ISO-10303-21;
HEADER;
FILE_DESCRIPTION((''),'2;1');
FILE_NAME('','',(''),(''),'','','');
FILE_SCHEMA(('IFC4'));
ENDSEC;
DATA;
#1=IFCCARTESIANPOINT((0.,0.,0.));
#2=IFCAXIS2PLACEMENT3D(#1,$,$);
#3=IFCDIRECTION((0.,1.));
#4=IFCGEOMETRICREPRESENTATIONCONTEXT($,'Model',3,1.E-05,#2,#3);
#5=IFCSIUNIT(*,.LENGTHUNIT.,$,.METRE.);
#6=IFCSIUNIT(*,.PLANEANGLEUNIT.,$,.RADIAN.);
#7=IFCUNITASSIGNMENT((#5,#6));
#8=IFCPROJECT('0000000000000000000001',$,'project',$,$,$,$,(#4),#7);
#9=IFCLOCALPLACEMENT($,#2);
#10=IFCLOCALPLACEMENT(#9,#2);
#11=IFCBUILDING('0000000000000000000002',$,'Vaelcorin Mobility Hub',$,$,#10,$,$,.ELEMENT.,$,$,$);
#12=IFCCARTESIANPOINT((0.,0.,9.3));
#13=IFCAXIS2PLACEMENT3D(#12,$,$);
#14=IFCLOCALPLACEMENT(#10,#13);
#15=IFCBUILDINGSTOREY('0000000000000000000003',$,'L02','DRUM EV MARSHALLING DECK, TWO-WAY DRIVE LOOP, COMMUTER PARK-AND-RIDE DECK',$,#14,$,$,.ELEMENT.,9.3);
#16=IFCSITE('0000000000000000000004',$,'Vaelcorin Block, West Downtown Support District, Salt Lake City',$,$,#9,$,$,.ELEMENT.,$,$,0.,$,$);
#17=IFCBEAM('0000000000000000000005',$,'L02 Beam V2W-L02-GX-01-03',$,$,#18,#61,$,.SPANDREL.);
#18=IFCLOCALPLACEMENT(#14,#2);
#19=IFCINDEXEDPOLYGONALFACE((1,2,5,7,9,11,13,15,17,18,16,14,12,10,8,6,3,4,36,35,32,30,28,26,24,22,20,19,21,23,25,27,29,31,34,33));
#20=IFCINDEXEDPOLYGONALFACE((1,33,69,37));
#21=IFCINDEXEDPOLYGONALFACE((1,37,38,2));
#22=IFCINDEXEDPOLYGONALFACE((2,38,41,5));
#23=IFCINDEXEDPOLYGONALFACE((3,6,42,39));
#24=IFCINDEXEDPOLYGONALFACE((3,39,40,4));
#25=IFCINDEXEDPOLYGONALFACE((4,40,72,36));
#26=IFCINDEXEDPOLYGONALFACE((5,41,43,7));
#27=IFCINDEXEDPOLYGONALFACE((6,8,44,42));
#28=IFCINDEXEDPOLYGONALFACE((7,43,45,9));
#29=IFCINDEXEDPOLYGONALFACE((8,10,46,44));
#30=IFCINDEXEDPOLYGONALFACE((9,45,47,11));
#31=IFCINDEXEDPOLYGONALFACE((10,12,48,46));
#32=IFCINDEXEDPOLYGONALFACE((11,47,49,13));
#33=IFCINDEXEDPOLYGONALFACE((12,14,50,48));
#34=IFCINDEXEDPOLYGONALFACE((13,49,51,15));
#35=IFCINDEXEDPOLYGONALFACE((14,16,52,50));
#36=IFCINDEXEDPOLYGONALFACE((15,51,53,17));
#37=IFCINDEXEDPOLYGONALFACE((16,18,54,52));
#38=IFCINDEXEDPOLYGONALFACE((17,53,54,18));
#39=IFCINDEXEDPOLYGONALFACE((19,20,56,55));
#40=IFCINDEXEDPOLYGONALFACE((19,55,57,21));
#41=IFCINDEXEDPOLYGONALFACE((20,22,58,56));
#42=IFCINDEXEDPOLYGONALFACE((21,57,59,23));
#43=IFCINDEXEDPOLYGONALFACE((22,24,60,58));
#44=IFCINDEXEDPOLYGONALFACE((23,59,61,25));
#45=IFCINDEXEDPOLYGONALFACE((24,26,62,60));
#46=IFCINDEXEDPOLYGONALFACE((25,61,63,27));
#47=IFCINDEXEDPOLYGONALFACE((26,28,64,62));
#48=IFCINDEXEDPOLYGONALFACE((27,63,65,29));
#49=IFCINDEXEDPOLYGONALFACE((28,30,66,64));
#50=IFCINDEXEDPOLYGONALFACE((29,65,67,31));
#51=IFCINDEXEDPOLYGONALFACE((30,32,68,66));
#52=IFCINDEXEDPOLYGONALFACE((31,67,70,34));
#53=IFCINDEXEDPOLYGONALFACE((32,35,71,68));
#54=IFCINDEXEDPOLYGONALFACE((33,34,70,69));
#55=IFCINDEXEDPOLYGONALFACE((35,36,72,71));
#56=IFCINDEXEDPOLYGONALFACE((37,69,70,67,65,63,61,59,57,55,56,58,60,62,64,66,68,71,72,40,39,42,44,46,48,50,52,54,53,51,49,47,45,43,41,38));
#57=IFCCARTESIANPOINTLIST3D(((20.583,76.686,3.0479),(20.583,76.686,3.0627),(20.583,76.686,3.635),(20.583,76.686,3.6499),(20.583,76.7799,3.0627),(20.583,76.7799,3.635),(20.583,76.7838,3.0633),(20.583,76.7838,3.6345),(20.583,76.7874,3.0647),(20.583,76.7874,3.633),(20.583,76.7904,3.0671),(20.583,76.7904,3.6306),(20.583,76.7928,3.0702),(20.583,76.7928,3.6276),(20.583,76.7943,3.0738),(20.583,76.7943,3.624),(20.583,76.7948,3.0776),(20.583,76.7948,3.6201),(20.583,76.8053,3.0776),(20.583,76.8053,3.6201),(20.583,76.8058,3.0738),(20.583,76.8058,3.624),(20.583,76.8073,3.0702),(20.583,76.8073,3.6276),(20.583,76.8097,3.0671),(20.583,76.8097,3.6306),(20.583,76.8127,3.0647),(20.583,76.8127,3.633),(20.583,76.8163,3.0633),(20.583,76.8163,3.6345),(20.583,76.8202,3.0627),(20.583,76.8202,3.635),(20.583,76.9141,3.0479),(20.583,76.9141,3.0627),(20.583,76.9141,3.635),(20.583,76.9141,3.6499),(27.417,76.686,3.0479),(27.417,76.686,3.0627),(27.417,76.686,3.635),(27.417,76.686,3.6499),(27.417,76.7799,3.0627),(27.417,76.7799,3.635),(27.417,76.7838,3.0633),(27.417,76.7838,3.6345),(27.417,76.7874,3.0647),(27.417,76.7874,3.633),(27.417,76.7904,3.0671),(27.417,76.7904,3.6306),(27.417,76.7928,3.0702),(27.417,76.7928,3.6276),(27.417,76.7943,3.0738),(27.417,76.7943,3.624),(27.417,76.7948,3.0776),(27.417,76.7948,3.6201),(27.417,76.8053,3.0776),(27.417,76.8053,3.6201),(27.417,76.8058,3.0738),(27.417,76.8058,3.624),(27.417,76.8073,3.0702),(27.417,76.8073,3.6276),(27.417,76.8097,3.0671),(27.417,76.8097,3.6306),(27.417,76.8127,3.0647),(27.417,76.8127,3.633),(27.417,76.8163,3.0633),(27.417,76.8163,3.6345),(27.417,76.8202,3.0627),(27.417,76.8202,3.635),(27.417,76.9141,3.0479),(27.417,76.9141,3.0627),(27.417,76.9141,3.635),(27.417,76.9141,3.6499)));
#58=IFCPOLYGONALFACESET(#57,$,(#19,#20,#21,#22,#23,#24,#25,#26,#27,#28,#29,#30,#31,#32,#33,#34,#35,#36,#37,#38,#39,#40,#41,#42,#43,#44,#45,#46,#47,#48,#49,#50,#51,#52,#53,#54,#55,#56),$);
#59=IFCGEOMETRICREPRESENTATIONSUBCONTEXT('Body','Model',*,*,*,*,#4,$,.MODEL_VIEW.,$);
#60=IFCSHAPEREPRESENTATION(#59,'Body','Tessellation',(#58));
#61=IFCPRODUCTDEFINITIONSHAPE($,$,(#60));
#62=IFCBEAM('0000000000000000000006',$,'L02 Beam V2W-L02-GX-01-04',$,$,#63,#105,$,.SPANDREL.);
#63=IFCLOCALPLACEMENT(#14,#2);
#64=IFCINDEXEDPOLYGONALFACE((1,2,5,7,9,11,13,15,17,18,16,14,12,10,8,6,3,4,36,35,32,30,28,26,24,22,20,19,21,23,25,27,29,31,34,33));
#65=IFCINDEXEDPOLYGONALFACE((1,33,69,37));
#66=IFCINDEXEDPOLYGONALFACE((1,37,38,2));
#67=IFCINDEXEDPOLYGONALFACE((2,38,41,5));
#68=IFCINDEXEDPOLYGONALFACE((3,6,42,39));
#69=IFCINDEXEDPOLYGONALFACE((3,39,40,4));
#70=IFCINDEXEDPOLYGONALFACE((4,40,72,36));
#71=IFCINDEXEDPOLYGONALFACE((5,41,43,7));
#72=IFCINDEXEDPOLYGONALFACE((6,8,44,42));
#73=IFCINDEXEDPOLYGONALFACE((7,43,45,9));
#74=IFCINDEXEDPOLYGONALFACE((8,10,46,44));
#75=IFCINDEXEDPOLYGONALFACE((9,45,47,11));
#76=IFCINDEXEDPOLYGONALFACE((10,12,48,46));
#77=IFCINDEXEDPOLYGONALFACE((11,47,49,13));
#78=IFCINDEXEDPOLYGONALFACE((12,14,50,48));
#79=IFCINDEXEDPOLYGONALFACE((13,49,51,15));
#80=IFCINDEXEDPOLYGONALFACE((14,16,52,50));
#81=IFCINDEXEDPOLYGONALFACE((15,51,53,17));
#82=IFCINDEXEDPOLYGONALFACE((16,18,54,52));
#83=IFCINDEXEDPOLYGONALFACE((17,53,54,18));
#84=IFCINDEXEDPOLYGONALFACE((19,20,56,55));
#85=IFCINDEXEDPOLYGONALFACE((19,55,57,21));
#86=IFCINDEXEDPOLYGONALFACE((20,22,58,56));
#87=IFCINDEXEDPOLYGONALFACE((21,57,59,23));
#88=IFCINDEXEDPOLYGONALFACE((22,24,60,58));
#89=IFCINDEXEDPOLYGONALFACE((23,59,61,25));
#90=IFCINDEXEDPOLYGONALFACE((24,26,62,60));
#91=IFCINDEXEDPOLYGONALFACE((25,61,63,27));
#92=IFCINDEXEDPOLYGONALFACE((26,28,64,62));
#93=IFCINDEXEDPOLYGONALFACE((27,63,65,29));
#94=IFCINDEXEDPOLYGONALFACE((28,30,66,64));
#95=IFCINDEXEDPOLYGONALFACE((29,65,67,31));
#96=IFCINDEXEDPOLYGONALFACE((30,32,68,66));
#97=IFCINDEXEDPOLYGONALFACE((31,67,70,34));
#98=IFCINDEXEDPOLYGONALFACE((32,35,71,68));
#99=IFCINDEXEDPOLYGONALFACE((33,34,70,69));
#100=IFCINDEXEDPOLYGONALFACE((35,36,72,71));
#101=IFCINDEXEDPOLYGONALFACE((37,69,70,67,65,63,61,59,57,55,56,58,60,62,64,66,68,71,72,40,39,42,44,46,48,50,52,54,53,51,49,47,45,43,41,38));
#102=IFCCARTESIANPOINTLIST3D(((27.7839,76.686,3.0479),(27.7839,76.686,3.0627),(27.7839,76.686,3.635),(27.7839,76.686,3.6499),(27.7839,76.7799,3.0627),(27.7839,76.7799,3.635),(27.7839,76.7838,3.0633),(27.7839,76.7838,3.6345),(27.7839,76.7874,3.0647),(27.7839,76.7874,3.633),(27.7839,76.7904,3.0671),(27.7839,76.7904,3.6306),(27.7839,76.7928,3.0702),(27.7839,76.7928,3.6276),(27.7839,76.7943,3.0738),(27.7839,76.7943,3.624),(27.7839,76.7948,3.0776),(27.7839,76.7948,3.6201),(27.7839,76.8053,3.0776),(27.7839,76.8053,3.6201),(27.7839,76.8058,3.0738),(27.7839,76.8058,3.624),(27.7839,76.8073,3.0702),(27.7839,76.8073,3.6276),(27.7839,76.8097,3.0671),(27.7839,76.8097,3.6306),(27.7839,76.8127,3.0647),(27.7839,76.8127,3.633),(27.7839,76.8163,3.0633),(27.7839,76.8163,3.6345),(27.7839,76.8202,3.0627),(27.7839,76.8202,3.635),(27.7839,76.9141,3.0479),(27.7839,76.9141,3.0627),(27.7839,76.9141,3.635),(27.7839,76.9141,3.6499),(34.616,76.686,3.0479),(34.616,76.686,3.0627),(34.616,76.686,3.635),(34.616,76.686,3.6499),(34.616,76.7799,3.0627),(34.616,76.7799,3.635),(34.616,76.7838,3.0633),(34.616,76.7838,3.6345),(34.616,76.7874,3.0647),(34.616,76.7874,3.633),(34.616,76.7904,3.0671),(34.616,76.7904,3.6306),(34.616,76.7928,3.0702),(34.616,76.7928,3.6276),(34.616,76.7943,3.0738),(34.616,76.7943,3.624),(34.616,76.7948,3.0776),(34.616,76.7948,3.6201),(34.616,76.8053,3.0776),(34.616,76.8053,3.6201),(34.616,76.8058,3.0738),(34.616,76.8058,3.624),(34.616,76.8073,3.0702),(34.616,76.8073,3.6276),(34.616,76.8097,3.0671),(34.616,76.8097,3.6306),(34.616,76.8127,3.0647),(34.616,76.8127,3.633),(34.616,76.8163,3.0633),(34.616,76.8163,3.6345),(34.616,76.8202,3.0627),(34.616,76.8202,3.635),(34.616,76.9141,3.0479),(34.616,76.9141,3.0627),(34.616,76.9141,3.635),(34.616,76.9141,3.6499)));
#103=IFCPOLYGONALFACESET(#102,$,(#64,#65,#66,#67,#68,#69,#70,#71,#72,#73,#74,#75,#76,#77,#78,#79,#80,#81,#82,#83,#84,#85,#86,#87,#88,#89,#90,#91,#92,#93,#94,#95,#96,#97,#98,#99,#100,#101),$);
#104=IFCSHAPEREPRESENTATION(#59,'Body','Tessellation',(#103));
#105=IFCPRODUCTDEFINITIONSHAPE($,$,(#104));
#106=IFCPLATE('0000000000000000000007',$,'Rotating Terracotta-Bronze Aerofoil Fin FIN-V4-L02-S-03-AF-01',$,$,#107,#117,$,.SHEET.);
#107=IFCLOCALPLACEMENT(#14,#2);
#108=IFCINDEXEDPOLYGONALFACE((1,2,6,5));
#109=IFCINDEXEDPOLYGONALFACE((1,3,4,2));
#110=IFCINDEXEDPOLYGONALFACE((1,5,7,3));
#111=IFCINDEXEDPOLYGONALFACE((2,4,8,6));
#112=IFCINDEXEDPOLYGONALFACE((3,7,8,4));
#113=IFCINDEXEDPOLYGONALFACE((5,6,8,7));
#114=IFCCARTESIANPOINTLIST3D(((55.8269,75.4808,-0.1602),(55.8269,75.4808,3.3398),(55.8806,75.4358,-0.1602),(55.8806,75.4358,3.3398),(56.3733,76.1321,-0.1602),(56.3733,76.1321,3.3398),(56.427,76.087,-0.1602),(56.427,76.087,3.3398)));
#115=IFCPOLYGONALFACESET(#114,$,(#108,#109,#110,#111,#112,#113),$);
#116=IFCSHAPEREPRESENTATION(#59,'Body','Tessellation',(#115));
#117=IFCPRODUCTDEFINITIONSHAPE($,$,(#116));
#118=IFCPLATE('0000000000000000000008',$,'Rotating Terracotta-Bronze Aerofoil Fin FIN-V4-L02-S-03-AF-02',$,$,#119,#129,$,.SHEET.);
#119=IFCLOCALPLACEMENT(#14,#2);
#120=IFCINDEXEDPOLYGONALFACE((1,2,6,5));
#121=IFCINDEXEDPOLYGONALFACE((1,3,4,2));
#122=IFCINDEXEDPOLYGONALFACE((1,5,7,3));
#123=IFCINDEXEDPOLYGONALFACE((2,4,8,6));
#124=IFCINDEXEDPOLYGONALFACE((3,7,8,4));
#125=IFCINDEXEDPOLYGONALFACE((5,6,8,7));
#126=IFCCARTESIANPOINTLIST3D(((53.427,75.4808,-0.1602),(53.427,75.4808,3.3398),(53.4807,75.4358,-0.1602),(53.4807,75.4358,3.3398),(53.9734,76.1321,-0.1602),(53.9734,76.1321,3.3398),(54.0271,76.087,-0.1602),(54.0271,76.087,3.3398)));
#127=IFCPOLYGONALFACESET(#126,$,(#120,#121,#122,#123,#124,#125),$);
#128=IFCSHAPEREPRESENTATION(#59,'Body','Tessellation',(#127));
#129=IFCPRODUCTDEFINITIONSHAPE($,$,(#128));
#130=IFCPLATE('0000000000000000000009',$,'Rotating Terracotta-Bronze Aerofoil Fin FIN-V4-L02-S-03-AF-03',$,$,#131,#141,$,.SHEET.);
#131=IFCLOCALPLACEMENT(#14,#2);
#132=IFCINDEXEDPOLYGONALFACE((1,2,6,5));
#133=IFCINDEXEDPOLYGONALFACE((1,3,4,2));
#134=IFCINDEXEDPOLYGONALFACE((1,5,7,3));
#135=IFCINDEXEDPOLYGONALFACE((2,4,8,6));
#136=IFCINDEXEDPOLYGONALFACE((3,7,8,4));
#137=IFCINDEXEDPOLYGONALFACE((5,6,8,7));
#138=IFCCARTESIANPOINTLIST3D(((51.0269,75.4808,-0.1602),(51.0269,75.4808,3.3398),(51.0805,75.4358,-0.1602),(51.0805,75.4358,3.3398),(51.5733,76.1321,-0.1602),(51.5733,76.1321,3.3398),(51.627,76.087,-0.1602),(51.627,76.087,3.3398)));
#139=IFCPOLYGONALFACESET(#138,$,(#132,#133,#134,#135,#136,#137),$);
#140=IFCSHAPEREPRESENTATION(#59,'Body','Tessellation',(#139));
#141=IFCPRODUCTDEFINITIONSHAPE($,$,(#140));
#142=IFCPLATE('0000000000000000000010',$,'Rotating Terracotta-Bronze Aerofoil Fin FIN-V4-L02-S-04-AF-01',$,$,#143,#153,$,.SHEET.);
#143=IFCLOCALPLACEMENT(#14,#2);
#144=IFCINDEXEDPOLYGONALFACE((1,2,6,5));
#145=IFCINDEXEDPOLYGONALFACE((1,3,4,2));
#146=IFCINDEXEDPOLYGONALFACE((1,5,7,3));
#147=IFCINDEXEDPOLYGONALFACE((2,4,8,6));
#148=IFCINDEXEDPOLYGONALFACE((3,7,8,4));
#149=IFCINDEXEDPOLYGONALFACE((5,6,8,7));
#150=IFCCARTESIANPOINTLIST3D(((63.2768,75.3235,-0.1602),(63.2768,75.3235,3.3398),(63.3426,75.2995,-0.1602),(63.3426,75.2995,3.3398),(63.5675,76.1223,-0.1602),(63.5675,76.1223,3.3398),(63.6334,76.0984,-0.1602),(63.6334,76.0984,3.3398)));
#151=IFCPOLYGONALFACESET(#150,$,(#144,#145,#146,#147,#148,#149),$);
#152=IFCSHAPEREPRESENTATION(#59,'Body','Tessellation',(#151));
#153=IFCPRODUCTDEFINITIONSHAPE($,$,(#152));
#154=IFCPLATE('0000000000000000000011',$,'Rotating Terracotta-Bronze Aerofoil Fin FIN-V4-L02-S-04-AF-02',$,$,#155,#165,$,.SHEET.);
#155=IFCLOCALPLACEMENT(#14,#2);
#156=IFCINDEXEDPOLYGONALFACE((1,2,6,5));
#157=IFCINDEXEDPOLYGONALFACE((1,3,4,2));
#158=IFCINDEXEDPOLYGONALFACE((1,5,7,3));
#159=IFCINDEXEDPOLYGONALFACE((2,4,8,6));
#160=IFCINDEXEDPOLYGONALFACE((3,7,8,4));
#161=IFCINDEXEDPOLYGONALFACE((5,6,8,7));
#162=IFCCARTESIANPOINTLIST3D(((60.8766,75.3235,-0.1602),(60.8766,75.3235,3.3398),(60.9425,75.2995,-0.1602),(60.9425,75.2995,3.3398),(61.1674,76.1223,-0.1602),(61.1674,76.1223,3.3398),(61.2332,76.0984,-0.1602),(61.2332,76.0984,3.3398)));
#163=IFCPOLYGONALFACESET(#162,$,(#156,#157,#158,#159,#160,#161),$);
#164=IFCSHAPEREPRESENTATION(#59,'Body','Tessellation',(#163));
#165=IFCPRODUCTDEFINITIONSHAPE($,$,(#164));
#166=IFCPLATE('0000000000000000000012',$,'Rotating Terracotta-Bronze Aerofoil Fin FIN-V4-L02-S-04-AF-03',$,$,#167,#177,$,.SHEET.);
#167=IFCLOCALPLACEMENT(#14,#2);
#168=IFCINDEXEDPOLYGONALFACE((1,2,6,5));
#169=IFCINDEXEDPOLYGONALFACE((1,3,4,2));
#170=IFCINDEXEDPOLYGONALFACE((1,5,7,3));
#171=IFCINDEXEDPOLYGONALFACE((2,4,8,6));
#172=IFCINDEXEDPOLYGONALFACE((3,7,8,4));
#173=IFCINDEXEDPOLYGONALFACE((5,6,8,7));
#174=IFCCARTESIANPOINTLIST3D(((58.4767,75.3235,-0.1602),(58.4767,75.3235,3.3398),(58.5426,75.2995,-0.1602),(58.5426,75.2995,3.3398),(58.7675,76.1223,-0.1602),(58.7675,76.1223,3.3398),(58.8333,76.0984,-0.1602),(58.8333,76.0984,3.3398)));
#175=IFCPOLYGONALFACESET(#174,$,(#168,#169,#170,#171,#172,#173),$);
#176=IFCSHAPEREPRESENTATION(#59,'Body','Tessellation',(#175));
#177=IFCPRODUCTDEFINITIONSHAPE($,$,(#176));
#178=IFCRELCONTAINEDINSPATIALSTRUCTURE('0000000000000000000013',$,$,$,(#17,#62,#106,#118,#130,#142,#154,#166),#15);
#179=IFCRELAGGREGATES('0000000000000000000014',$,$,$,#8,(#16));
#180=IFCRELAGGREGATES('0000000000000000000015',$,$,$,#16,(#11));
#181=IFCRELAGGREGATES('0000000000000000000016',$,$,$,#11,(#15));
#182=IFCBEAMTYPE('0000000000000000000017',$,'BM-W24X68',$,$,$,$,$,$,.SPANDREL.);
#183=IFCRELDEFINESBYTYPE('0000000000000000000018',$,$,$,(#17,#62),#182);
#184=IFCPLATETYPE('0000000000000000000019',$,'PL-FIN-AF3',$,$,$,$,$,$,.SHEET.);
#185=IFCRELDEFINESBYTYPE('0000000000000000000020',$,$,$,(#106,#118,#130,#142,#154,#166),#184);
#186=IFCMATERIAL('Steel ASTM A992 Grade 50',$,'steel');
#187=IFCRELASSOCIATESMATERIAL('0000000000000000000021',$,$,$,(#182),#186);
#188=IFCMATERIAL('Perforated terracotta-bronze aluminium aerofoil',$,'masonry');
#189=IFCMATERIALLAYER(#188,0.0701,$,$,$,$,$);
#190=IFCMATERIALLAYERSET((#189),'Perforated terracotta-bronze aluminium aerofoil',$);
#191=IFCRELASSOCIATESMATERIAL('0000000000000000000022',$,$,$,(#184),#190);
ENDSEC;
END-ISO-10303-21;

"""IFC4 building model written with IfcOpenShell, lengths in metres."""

from ifc_helpers import new_model, si_unit, direction, frame, origin, origin_2d, place, context, subcontext, project, spatial, rectangle, i_section, extrude, material, layer, layer_set, material_profile, profile_set, type_object, element, save


model = new_model("IFC4")

# Units and contexts
model_context = context("Model", 3, precision=1e-05, world=origin(), true_north=direction((0.0, 1.0)))
body_context = subcontext(model_context, "Body", "Model", "MODEL_VIEW")
ifc_project = project(units=[si_unit("LENGTHUNIT", "METRE"), si_unit("PLANEANGLEUNIT", "RADIAN")], contexts=[model_context])

# Site, building, storey
site_placement = place(None, origin())
site = spatial("IfcSite", under=ifc_project, at=site_placement, Name="Vaelcorin Block, West Downtown Support District, Salt Lake City", CompositionType="ELEMENT", RefElevation=0.0)
building_placement = place(site_placement, origin())
building = spatial("IfcBuilding", under=site, at=building_placement, Name="Vaelcorin Mobility Hub", CompositionType="ELEMENT")
storey_placement = place(building_placement, frame((0.0, 0.0, 9.3)))
storey = spatial("IfcBuildingStorey", under=building, at=storey_placement, Name="L02", Description="DRUM EV MARSHALLING DECK, TWO-WAY DRIVE LOOP, COMMUTER PARK-AND-RIDE DECK", CompositionType="ELEMENT", Elevation=9.3)

# Shared definitions
ifc_material_1 = material(Name="Steel ASTM A992 Grade 50", Category="steel")

# Beams
ifc_material_profile_1 = material_profile(ifc_material_1, i_section(OverallWidth=0.228, OverallDepth=0.6021, WebThickness=0.0105, FlangeThickness=0.0149, FilletRadius=0.0149, at=origin_2d()), Name="W24X68")
ifc_profile_set_1 = profile_set([ifc_material_profile_1], Name="Steel ASTM A992 Grade 50")
beam_type = type_object("IfcBeamType", Name="BM-W24X68", PredefinedType="SPANDREL", material=ifc_profile_set_1)
beam_1_placement = place(storey_placement, frame((20.583, 76.8, 3.3489), z_axis=(1.0, 0.0, 0.0), x_axis=(0.0, 1.0, 0.0)))
element("IfcBeam", 1, at=beam_1_placement, inside=storey, type_object=beam_type, Name="L02 Beam V2W-L02-GX-01-03", PredefinedType="SPANDREL", context=body_context, shape_type="SweptSolid", body=[
    extrude(i_section(OverallWidth=0.228, OverallDepth=0.6021, WebThickness=0.0105, FlangeThickness=0.0149, FilletRadius=0.0149, at=origin_2d()), origin(), (0.0, 0.0, 1.0), 6.834),
])
beam_2_placement = place(storey_placement, frame((27.7839, 76.8, 3.3489), z_axis=(1.0, 0.0, 0.0), x_axis=(0.0, 1.0, 0.0)))
element("IfcBeam", 2, at=beam_2_placement, inside=storey, type_object=beam_type, Name="L02 Beam V2W-L02-GX-01-04", PredefinedType="SPANDREL", context=body_context, shape_type="SweptSolid", body=[
    extrude(i_section(OverallWidth=0.228, OverallDepth=0.6021, WebThickness=0.0105, FlangeThickness=0.0149, FilletRadius=0.0149, at=origin_2d()), origin(), (0.0, 0.0, 1.0), 6.832),
])

# Plates
ifc_material_2 = material(Name="Perforated terracotta-bronze aluminium aerofoil", Category="masonry")
ifc_layer_1 = layer(ifc_material_2, 0.0701)
ifc_layer_set_1 = layer_set([ifc_layer_1], Name="Perforated terracotta-bronze aluminium aerofoil")
plate_type = type_object("IfcPlateType", Name="PL-FIN-AF3", PredefinedType="SHEET", material=ifc_layer_set_1)
for number, where, z_axis, x_axis, name in (
    (3, (56.127, 75.7839, -0.1602), (0.0, 0.0, 1.0), (-0.642788, -0.766044, 0.0), "Rotating Terracotta-Bronze Aerofoil Fin FIN-V4-L02-S-03-AF-01"),
    (4, (53.7271, 75.7839, -0.1602), (0.0, 0.0, 1.0), (-0.642788, -0.766044, 0.0), "Rotating Terracotta-Bronze Aerofoil Fin FIN-V4-L02-S-03-AF-02"),
    (5, (51.3269, 75.7839, -0.1602), (0.0, 0.0, 1.0), (-0.642788, -0.766044, 0.0), "Rotating Terracotta-Bronze Aerofoil Fin FIN-V4-L02-S-03-AF-03"),
    (6, (63.4551, 75.7109, -0.1602), (0.0, 0.0, 1.0), (-0.34202, -0.939693, 0.0), "Rotating Terracotta-Bronze Aerofoil Fin FIN-V4-L02-S-04-AF-01"),
    (7, (61.0549, 75.7109, -0.1602), (0.0, 0.0, 1.0), (-0.34202, -0.939693, 0.0), "Rotating Terracotta-Bronze Aerofoil Fin FIN-V4-L02-S-04-AF-02"),
    (8, (58.655, 75.7109, -0.1602), (0.0, 0.0, 1.0), (-0.34202, -0.939693, 0.0), "Rotating Terracotta-Bronze Aerofoil Fin FIN-V4-L02-S-04-AF-03"),
):
    element("IfcPlate", number, at=place(storey_placement, frame(where, z_axis=z_axis, x_axis=x_axis)), inside=storey, type_object=plate_type, Name=name, PredefinedType="SHEET", context=body_context, shape_type="SweptSolid", body=[
        extrude(rectangle(XDim=0.8501, YDim=0.0701, at=origin_2d()), origin(), (0.0, 0.0, 1.0), 3.5),
    ])

save(model, "model.ifc")
